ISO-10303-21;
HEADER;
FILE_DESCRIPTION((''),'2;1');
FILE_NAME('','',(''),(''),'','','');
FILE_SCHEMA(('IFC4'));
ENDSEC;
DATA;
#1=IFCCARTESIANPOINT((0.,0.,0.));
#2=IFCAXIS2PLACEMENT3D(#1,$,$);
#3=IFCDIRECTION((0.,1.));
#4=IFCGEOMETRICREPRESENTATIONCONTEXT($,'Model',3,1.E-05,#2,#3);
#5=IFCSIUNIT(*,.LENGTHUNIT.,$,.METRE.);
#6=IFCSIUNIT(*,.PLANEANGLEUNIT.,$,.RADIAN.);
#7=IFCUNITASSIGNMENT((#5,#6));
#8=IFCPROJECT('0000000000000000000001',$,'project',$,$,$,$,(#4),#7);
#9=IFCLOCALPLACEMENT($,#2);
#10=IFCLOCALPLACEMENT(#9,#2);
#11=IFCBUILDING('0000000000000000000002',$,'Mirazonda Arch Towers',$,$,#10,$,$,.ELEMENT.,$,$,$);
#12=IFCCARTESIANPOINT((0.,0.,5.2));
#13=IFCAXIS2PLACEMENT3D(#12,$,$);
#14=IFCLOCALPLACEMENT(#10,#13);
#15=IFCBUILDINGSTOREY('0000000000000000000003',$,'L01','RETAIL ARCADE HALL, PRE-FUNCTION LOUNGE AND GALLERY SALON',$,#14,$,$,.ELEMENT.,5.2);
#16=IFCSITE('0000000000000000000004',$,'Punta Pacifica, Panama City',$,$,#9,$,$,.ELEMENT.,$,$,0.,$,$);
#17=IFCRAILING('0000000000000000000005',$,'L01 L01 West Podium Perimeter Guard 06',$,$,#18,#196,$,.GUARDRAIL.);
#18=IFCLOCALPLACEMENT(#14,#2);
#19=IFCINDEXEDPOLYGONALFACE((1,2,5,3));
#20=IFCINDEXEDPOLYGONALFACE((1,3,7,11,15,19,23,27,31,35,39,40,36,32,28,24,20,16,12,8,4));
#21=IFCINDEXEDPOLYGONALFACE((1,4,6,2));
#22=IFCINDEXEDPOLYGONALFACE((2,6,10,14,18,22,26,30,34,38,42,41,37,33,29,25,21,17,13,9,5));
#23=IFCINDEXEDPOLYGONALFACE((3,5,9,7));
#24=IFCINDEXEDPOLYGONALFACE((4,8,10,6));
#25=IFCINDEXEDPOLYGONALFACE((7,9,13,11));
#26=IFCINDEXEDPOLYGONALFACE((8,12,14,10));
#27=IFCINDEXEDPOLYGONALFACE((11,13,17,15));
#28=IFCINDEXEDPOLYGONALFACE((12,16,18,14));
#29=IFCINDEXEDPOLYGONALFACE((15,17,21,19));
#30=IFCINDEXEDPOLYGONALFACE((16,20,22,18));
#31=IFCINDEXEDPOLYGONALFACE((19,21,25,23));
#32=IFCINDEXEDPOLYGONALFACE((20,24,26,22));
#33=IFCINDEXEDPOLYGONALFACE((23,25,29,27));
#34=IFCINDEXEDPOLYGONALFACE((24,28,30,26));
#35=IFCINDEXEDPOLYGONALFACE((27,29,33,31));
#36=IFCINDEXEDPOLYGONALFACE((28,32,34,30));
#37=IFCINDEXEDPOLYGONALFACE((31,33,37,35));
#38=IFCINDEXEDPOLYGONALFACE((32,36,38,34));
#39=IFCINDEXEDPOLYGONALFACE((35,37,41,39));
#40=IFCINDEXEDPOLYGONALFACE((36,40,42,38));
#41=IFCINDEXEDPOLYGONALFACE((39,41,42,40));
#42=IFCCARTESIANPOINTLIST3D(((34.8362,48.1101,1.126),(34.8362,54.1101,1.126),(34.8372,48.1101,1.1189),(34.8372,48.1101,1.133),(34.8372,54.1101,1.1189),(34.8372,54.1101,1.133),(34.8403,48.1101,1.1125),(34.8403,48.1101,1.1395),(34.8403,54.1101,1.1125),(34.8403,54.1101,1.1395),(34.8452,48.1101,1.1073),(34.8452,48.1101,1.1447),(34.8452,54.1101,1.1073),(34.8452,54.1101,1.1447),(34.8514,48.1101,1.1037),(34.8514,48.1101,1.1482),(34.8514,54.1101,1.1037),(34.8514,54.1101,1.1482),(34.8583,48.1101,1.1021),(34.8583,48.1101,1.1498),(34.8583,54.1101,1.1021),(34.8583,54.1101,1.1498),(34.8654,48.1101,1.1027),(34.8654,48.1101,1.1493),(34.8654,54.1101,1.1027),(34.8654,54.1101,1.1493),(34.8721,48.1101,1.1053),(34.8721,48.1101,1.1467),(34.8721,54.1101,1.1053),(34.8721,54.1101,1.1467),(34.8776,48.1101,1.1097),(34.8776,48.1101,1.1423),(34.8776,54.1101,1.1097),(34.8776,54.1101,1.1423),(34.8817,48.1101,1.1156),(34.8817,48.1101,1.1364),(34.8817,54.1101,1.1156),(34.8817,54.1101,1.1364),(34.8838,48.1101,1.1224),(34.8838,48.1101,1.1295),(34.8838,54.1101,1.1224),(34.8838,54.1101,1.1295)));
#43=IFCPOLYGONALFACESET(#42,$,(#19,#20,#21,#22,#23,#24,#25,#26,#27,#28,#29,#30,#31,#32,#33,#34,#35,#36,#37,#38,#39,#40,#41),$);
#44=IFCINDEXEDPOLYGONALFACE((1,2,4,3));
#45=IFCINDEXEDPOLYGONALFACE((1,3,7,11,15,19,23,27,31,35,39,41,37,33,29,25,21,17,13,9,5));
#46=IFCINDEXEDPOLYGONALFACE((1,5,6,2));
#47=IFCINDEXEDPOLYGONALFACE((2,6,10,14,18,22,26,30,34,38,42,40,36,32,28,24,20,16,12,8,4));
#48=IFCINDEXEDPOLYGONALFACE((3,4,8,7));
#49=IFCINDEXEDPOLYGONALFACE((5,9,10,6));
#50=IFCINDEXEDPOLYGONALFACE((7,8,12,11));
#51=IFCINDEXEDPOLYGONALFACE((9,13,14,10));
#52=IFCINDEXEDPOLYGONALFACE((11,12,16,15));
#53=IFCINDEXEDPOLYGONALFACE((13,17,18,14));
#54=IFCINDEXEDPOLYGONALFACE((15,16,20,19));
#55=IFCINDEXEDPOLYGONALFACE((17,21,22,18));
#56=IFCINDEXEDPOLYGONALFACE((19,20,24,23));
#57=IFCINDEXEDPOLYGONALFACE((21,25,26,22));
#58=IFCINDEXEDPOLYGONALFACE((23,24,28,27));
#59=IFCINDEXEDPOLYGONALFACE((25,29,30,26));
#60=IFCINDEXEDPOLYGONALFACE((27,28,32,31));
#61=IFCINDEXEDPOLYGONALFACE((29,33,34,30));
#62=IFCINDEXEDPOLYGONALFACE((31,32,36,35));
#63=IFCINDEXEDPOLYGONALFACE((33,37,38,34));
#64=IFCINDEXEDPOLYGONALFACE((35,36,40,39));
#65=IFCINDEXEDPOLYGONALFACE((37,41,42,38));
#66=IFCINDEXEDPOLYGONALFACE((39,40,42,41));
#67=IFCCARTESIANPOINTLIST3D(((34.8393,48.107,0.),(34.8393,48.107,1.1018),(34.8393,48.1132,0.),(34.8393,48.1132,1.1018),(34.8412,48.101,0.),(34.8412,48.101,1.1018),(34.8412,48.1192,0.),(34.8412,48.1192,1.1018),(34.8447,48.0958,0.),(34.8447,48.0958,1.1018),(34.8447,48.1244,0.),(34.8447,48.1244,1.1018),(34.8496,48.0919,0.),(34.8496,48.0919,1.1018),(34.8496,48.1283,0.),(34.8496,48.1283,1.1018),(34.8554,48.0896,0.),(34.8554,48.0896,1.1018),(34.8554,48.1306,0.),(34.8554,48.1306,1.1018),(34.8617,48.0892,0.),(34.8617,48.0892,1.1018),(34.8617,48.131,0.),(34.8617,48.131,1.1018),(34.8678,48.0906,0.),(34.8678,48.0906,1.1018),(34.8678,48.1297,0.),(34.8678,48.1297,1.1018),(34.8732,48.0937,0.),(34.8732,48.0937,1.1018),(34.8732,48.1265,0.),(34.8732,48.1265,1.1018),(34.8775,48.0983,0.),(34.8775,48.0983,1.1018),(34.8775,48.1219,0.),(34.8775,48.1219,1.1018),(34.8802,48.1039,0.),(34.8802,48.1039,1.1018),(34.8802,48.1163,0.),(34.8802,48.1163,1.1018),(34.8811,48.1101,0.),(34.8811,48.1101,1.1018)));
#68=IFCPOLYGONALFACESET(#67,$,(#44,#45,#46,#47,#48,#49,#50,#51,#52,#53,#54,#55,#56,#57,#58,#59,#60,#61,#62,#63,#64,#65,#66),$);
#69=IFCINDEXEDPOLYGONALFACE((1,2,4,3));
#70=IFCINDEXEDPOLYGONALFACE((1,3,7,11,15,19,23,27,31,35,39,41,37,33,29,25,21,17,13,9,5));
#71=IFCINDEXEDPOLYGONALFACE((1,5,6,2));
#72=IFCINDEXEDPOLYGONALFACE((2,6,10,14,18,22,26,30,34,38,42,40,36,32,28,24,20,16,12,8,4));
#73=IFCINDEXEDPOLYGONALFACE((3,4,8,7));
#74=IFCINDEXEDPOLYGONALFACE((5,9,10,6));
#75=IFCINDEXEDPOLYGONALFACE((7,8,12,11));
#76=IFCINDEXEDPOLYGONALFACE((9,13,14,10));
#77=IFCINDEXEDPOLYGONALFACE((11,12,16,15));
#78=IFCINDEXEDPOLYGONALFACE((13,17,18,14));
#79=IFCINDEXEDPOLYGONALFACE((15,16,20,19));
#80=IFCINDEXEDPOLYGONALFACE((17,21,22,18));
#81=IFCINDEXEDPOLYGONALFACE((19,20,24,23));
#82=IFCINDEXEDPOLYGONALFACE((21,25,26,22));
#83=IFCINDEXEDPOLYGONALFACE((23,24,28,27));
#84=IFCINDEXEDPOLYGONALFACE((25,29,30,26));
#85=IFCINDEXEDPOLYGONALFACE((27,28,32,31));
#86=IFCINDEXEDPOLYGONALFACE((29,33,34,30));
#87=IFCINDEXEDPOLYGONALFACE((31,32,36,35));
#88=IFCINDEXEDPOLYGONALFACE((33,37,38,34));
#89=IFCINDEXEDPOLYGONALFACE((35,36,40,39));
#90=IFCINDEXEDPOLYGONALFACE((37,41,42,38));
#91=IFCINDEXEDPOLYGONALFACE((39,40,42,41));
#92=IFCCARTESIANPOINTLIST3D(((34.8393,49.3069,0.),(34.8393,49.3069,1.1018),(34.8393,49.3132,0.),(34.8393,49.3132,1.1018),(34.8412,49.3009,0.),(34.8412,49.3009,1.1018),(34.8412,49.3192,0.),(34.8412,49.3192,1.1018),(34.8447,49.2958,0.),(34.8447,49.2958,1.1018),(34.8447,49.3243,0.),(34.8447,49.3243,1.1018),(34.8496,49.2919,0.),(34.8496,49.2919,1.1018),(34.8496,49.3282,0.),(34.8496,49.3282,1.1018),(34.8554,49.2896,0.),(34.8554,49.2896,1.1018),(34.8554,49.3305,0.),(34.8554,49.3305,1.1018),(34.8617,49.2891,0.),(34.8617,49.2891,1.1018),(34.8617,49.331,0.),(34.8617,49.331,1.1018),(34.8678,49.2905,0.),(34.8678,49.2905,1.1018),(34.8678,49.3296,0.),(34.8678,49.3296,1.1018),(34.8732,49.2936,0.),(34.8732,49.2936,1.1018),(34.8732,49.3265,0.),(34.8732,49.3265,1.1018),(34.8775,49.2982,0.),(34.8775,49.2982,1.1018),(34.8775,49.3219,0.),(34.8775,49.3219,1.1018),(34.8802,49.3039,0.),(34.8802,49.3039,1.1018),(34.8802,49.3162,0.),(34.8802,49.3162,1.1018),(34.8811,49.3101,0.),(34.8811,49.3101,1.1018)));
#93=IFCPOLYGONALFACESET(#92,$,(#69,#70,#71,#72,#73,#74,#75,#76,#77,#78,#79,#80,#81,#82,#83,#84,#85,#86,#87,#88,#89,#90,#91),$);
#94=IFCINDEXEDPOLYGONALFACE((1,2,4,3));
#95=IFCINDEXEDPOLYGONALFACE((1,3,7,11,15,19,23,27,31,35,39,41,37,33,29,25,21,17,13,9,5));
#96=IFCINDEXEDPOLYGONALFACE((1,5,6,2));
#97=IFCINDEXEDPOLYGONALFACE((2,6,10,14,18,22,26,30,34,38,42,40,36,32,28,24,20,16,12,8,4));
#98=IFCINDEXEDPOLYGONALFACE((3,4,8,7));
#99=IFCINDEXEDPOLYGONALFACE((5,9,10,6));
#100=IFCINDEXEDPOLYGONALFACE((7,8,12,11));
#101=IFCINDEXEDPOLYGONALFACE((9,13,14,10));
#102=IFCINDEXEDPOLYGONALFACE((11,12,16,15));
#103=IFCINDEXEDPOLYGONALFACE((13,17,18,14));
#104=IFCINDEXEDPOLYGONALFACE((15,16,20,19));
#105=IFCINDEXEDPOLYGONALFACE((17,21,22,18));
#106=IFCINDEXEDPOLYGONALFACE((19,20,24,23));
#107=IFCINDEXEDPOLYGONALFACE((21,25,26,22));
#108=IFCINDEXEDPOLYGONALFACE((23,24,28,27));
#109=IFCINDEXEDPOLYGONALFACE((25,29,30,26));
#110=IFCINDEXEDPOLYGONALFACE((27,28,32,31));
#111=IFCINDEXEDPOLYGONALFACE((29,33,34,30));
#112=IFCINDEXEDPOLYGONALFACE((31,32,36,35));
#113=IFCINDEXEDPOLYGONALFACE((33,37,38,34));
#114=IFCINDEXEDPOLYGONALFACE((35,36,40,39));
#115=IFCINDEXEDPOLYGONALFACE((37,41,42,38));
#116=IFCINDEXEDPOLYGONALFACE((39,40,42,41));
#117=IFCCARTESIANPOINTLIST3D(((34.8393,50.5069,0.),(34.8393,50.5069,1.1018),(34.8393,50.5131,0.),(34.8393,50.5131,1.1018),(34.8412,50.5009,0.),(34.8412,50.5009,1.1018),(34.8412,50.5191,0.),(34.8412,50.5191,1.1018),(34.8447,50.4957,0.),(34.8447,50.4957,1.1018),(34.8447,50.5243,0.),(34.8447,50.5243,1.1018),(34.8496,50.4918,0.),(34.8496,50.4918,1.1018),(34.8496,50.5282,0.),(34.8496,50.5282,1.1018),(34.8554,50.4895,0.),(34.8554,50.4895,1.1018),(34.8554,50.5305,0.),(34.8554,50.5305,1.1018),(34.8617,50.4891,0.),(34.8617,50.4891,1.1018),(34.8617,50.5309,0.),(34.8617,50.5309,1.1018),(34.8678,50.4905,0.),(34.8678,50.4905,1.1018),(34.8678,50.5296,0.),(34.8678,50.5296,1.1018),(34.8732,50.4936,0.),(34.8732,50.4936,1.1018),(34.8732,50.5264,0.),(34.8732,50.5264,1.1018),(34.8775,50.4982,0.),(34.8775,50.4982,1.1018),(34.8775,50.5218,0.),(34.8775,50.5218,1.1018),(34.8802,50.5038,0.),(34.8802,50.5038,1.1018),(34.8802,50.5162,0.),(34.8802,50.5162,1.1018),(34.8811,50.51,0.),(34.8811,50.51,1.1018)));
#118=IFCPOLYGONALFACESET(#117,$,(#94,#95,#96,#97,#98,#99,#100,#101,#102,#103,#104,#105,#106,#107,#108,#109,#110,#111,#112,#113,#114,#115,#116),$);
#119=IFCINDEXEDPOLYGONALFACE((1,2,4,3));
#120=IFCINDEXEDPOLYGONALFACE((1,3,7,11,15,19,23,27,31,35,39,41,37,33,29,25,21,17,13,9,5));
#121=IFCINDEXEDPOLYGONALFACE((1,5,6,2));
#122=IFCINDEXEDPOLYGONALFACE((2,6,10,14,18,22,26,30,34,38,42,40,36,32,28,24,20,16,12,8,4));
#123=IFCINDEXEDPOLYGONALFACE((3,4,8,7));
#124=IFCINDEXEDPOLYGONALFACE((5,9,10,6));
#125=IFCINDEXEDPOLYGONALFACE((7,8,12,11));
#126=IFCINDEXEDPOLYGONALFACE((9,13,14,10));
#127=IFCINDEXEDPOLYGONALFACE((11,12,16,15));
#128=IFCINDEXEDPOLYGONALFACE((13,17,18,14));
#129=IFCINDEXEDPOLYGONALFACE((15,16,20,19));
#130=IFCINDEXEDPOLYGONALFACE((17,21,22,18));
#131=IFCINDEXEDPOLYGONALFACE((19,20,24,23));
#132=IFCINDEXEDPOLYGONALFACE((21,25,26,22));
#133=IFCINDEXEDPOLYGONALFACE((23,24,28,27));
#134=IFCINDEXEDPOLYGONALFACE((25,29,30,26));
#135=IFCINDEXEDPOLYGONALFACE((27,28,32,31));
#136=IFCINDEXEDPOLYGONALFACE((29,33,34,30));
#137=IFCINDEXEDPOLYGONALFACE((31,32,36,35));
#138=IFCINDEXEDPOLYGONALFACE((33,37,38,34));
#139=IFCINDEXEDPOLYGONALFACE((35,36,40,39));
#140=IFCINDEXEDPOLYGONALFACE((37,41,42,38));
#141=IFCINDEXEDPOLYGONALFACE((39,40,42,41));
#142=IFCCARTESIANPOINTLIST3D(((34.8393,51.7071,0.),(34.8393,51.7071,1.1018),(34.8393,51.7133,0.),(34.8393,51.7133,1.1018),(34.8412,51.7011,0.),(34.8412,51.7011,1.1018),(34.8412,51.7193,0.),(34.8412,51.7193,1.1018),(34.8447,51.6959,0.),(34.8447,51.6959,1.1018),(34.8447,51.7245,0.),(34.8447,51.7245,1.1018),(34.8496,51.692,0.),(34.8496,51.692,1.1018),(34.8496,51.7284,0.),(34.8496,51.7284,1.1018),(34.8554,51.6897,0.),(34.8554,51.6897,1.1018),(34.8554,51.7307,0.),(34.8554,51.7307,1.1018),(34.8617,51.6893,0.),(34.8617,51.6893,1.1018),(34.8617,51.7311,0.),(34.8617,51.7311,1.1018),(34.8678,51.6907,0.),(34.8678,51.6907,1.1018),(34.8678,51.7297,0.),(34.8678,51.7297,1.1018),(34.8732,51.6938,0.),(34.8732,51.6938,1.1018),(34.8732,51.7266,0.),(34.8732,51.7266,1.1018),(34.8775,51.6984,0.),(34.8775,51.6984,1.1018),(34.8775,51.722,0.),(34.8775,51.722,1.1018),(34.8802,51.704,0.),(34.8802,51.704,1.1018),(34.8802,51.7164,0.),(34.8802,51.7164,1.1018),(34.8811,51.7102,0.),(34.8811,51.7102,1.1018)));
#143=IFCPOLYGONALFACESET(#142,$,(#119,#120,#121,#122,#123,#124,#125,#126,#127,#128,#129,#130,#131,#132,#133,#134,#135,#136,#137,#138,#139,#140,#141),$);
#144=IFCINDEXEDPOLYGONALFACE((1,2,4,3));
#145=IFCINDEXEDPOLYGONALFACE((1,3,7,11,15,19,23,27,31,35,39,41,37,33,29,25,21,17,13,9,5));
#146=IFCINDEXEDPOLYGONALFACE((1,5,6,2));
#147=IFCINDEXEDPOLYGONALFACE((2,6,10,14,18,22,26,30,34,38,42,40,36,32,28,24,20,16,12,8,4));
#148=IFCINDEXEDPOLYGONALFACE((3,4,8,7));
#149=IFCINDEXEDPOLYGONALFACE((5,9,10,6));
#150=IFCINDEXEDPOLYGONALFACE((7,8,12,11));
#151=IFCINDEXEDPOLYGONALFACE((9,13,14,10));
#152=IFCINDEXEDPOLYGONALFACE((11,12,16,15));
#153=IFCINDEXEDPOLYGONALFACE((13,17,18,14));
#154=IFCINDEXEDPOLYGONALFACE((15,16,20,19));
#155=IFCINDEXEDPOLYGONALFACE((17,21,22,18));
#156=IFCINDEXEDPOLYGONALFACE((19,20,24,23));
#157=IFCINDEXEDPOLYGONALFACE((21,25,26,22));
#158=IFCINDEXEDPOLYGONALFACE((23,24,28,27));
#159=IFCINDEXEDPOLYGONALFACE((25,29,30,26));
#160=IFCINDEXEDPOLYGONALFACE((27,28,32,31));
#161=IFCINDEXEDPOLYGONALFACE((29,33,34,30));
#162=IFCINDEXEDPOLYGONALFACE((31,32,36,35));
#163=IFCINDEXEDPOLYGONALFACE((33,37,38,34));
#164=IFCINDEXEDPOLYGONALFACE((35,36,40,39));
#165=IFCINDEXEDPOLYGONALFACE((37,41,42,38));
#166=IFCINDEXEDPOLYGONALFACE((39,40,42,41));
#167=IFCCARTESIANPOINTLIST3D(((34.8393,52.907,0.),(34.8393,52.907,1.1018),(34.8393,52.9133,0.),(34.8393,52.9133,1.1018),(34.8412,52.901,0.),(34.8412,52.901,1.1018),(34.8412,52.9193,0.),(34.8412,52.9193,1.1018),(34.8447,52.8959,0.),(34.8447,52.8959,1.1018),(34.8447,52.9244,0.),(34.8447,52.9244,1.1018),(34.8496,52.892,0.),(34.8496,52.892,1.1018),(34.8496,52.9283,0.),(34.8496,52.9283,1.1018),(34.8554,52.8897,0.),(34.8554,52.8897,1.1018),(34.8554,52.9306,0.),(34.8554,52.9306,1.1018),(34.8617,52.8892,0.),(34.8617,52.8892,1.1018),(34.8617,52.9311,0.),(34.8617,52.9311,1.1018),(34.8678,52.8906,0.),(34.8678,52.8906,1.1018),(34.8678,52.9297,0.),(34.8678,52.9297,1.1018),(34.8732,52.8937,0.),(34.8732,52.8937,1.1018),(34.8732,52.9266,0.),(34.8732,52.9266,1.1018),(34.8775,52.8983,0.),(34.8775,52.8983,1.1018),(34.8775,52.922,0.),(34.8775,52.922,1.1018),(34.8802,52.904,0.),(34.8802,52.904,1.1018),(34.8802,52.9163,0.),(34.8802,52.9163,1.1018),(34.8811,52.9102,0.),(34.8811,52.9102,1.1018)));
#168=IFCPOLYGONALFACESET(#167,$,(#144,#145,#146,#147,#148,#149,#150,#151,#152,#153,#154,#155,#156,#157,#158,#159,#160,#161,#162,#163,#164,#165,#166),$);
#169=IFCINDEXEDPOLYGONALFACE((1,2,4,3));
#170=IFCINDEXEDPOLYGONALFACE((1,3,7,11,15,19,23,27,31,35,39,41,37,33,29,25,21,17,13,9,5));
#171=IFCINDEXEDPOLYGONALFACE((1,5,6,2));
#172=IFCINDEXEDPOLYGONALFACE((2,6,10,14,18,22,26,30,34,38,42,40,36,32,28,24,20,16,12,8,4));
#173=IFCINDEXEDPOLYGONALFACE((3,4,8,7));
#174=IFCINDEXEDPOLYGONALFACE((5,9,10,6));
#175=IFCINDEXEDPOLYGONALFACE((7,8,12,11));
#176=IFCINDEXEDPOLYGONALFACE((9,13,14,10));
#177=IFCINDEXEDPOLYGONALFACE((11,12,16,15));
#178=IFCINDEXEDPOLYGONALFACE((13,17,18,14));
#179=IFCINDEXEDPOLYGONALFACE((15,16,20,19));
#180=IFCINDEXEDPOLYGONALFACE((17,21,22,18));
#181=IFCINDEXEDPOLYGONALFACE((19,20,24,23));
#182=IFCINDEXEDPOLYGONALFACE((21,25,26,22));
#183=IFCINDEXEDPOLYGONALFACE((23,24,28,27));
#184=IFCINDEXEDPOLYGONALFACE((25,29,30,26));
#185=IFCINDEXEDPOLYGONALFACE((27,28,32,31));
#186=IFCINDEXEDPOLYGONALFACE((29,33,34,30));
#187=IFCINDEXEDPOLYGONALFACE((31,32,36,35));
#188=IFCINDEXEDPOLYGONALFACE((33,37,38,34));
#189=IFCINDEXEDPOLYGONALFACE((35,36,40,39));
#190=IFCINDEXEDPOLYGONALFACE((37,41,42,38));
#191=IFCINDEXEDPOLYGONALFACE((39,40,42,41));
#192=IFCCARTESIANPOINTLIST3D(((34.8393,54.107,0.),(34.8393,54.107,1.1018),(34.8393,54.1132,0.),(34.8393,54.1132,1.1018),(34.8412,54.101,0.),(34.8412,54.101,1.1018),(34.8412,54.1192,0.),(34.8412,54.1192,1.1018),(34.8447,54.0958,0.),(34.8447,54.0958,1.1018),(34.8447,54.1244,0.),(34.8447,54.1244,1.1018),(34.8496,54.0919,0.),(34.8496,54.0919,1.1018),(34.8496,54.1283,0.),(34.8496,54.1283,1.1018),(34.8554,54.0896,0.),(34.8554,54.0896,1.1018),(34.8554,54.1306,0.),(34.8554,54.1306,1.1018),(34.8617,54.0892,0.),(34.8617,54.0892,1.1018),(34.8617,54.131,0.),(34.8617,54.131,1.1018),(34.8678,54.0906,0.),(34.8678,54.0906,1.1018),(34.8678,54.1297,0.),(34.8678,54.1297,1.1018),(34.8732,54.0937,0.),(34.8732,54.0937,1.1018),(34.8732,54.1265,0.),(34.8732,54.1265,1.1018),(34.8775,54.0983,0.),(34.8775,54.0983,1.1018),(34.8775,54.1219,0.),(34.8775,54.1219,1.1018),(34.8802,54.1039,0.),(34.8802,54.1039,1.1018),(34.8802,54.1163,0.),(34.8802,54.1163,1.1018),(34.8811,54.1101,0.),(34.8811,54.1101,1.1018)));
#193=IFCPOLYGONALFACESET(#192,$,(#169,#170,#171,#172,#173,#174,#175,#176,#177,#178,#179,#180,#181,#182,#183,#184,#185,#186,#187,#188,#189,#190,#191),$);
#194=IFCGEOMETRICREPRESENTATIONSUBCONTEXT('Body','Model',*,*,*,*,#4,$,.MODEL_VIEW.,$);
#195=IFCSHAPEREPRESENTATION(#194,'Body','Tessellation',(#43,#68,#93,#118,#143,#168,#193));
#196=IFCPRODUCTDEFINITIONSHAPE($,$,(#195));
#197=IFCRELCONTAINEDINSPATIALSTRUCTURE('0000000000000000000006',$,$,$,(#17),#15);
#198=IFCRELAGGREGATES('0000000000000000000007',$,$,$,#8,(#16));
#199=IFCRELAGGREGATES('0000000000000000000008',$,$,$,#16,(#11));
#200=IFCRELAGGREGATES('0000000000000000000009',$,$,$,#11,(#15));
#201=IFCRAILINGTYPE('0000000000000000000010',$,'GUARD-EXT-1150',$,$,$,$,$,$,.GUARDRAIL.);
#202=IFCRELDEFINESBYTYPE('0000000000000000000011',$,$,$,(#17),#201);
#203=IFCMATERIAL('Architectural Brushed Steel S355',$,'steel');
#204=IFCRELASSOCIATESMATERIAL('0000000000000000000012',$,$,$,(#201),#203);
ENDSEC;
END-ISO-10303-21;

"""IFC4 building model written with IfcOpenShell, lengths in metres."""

from ifc_helpers import new_model, si_unit, direction, frame, origin, origin_2d, place, context, subcontext, project, spatial, circle, extrude, material, type_object, element, save


model = new_model("IFC4")

# Units and contexts
model_context = context("Model", 3, precision=1e-05, world=origin(), true_north=direction((0.0, 1.0)))
body_context = subcontext(model_context, "Body", "Model", "MODEL_VIEW")
ifc_project = project(units=[si_unit("LENGTHUNIT", "METRE"), si_unit("PLANEANGLEUNIT", "RADIAN")], contexts=[model_context])

# Site, building, storey
site_placement = place(None, origin())
site = spatial("IfcSite", under=ifc_project, at=site_placement, Name="Punta Pacifica, Panama City", CompositionType="ELEMENT", RefElevation=0.0)
building_placement = place(site_placement, origin())
building = spatial("IfcBuilding", under=site, at=building_placement, Name="Mirazonda Arch Towers", CompositionType="ELEMENT")
storey_placement = place(building_placement, frame((0.0, 0.0, 5.2)))
storey = spatial("IfcBuildingStorey", under=building, at=storey_placement, Name="L01", Description="RETAIL ARCADE HALL, PRE-FUNCTION LOUNGE AND GALLERY SALON", CompositionType="ELEMENT", Elevation=5.2)

# Railing
ifc_material_1 = material(Name="Architectural Brushed Steel S355", Category="steel")
railing_type = type_object("IfcRailingType", Name="GUARD-EXT-1150", PredefinedType="GUARDRAIL", material=ifc_material_1)
railing_1_placement = place(storey_placement, frame((34.8601, 48.1101, 0.0)))
element("IfcRailing", 1, at=railing_1_placement, inside=storey, type_object=railing_type, Name="L01 L01 West Podium Perimeter Guard 06", PredefinedType="GUARDRAIL", context=body_context, shape_type="SweptSolid", body=[
    extrude(circle(Radius=0.0239, at=origin_2d()), frame((0.0, 0.0, 1.126), z_axis=(0.0, 1.0, 0.0), x_axis=(-1.0, 0.0, 0.0)), (0.0, 0.0, 1.0), 6.0),
    extrude(circle(Radius=0.021, at=origin_2d()), origin(), (0.0, 0.0, 1.0), 1.1018),
    extrude(circle(Radius=0.021, at=origin_2d()), frame((0.0, 1.2, 0.0)), (0.0, 0.0, 1.0), 1.1018),
    extrude(circle(Radius=0.021, at=origin_2d()), frame((0.0, 2.3999, 0.0)), (0.0, 0.0, 1.0), 1.1018),
    extrude(circle(Radius=0.021, at=origin_2d()), frame((0.0, 3.6001, 0.0)), (0.0, 0.0, 1.0), 1.1018),
    extrude(circle(Radius=0.021, at=origin_2d()), frame((0.0, 4.8, 0.0)), (0.0, 0.0, 1.0), 1.1018),
    extrude(circle(Radius=0.021, at=origin_2d()), frame((0.0, 6.0, 0.0)), (0.0, 0.0, 1.0), 1.1018),
])

save(model, "model.ifc")
